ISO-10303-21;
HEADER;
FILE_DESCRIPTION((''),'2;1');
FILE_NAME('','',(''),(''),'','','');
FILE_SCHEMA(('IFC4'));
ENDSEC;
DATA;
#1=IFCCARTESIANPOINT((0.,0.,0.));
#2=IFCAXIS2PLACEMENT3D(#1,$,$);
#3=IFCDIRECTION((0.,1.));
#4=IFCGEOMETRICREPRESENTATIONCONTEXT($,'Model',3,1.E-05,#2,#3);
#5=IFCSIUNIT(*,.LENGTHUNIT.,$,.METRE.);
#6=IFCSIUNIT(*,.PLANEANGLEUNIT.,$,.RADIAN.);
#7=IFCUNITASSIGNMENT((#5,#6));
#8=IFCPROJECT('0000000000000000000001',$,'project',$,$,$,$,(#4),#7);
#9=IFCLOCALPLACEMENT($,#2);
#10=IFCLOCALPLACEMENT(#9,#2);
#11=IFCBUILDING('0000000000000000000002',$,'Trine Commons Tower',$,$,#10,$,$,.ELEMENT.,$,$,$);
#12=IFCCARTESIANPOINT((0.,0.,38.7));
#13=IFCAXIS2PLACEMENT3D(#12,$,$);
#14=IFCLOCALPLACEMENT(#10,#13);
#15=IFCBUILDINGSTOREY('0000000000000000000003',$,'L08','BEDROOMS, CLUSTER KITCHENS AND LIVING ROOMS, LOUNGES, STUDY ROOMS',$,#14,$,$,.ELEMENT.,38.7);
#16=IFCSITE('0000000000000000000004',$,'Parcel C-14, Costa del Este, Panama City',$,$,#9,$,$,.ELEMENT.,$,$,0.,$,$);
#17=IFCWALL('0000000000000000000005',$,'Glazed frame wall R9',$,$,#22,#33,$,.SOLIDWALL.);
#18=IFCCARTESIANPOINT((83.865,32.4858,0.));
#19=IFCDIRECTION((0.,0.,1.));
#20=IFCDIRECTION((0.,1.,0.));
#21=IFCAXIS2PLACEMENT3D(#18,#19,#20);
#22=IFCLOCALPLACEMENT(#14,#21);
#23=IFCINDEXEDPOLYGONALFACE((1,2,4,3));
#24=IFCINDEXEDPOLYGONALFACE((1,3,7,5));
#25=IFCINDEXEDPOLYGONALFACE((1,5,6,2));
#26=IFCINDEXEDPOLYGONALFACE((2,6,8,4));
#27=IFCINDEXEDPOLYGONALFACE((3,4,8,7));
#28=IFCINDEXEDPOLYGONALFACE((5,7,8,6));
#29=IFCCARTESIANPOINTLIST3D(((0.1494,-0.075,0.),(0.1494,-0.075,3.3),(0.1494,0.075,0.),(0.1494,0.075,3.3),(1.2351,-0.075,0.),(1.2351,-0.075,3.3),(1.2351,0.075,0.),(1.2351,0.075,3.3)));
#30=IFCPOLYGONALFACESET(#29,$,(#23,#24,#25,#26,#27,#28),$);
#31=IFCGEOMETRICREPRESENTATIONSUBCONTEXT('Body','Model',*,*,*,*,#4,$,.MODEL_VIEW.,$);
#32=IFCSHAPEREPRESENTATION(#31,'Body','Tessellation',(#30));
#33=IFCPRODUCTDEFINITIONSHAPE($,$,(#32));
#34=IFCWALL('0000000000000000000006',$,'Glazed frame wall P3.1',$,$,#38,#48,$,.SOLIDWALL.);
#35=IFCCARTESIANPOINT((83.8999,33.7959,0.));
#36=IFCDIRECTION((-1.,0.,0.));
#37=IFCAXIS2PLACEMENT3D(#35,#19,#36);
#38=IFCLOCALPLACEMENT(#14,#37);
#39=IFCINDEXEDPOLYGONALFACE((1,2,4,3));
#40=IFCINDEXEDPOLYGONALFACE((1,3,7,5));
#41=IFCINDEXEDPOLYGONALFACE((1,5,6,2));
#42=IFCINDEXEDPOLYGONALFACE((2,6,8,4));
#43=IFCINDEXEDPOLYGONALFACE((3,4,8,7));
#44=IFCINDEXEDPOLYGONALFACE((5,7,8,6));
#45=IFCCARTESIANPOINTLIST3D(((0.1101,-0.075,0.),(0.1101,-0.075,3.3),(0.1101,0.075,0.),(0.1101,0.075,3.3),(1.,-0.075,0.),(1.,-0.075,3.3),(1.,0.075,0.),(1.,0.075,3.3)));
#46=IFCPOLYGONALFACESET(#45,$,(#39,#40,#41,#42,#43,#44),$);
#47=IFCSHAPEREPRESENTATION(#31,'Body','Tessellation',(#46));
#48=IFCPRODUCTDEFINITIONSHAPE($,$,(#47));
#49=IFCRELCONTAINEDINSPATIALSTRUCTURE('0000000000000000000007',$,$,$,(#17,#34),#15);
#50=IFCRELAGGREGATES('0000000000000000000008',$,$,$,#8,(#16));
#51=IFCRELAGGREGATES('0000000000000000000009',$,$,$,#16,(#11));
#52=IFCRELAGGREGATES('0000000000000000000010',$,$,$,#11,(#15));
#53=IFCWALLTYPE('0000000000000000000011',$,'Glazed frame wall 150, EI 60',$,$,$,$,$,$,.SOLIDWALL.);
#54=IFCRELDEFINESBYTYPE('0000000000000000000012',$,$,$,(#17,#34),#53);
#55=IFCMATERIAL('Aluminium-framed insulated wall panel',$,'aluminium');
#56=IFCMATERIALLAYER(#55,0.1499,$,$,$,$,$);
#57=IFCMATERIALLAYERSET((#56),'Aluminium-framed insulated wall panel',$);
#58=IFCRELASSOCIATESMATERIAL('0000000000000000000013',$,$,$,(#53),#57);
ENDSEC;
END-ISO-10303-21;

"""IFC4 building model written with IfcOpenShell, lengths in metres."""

from ifc_helpers import new_model, si_unit, direction, frame, origin, place, context, subcontext, project, spatial, polyline, outline, extrude, material, layer, layer_set, type_object, element, save


model = new_model("IFC4")

# Units and contexts
model_context = context("Model", 3, precision=1e-05, world=origin(), true_north=direction((0.0, 1.0)))
body_context = subcontext(model_context, "Body", "Model", "MODEL_VIEW")
ifc_project = project(units=[si_unit("LENGTHUNIT", "METRE"), si_unit("PLANEANGLEUNIT", "RADIAN")], contexts=[model_context])

# Site, building, storey
site_placement = place(None, origin())
site = spatial("IfcSite", under=ifc_project, at=site_placement, Name="Parcel C-14, Costa del Este, Panama City", CompositionType="ELEMENT", RefElevation=0.0)
building_placement = place(site_placement, origin())
building = spatial("IfcBuilding", under=site, at=building_placement, Name="Trine Commons Tower", CompositionType="ELEMENT")
storey_placement = place(building_placement, frame((0.0, 0.0, 38.7)))
storey = spatial("IfcBuildingStorey", under=building, at=storey_placement, Name="L08", Description="BEDROOMS, CLUSTER KITCHENS AND LIVING ROOMS, LOUNGES, STUDY ROOMS", CompositionType="ELEMENT", Elevation=38.7)

# Walls
ifc_material_1 = material(Name="Aluminium-framed insulated wall panel", Category="aluminium")
ifc_layer_1 = layer(ifc_material_1, 0.1499)
ifc_layer_set_1 = layer_set([ifc_layer_1], Name="Aluminium-framed insulated wall panel")
wall_type_1 = type_object("IfcWallType", Name="Glazed frame wall 150, EI 60", PredefinedType="SOLIDWALL", material=ifc_layer_set_1)
wall_1_placement = place(storey_placement, frame((83.865, 32.4858, 0.0), z_axis=(0.0, 0.0, 1.0), x_axis=(0.0, 1.0, 0.0)))
element("IfcWall", 1, at=wall_1_placement, inside=storey, type_object=wall_type_1, Name="Glazed frame wall R9", PredefinedType="SOLIDWALL", context=body_context, shape_type="SweptSolid", body=[
    extrude(outline(polyline([(0.1494, 0.075), (0.1494, -0.075), (1.2351, -0.075), (1.2351, 0.075), (0.1494, 0.075)])), origin(), (0.0, 0.0, 1.0), 3.3),
])
wall_2_placement = place(storey_placement, frame((83.8999, 33.7959, 0.0), z_axis=(0.0, 0.0, 1.0), x_axis=(-1.0, 0.0, 0.0)))
element("IfcWall", 2, at=wall_2_placement, inside=storey, type_object=wall_type_1, Name="Glazed frame wall P3.1", PredefinedType="SOLIDWALL", context=body_context, shape_type="SweptSolid", body=[
    extrude(outline(polyline([(0.1101, -0.075), (1.0, -0.075), (1.0, 0.075), (0.1101, 0.075), (0.1101, -0.075)])), origin(), (0.0, 0.0, 1.0), 3.3),
])

save(model, "model.ifc")
